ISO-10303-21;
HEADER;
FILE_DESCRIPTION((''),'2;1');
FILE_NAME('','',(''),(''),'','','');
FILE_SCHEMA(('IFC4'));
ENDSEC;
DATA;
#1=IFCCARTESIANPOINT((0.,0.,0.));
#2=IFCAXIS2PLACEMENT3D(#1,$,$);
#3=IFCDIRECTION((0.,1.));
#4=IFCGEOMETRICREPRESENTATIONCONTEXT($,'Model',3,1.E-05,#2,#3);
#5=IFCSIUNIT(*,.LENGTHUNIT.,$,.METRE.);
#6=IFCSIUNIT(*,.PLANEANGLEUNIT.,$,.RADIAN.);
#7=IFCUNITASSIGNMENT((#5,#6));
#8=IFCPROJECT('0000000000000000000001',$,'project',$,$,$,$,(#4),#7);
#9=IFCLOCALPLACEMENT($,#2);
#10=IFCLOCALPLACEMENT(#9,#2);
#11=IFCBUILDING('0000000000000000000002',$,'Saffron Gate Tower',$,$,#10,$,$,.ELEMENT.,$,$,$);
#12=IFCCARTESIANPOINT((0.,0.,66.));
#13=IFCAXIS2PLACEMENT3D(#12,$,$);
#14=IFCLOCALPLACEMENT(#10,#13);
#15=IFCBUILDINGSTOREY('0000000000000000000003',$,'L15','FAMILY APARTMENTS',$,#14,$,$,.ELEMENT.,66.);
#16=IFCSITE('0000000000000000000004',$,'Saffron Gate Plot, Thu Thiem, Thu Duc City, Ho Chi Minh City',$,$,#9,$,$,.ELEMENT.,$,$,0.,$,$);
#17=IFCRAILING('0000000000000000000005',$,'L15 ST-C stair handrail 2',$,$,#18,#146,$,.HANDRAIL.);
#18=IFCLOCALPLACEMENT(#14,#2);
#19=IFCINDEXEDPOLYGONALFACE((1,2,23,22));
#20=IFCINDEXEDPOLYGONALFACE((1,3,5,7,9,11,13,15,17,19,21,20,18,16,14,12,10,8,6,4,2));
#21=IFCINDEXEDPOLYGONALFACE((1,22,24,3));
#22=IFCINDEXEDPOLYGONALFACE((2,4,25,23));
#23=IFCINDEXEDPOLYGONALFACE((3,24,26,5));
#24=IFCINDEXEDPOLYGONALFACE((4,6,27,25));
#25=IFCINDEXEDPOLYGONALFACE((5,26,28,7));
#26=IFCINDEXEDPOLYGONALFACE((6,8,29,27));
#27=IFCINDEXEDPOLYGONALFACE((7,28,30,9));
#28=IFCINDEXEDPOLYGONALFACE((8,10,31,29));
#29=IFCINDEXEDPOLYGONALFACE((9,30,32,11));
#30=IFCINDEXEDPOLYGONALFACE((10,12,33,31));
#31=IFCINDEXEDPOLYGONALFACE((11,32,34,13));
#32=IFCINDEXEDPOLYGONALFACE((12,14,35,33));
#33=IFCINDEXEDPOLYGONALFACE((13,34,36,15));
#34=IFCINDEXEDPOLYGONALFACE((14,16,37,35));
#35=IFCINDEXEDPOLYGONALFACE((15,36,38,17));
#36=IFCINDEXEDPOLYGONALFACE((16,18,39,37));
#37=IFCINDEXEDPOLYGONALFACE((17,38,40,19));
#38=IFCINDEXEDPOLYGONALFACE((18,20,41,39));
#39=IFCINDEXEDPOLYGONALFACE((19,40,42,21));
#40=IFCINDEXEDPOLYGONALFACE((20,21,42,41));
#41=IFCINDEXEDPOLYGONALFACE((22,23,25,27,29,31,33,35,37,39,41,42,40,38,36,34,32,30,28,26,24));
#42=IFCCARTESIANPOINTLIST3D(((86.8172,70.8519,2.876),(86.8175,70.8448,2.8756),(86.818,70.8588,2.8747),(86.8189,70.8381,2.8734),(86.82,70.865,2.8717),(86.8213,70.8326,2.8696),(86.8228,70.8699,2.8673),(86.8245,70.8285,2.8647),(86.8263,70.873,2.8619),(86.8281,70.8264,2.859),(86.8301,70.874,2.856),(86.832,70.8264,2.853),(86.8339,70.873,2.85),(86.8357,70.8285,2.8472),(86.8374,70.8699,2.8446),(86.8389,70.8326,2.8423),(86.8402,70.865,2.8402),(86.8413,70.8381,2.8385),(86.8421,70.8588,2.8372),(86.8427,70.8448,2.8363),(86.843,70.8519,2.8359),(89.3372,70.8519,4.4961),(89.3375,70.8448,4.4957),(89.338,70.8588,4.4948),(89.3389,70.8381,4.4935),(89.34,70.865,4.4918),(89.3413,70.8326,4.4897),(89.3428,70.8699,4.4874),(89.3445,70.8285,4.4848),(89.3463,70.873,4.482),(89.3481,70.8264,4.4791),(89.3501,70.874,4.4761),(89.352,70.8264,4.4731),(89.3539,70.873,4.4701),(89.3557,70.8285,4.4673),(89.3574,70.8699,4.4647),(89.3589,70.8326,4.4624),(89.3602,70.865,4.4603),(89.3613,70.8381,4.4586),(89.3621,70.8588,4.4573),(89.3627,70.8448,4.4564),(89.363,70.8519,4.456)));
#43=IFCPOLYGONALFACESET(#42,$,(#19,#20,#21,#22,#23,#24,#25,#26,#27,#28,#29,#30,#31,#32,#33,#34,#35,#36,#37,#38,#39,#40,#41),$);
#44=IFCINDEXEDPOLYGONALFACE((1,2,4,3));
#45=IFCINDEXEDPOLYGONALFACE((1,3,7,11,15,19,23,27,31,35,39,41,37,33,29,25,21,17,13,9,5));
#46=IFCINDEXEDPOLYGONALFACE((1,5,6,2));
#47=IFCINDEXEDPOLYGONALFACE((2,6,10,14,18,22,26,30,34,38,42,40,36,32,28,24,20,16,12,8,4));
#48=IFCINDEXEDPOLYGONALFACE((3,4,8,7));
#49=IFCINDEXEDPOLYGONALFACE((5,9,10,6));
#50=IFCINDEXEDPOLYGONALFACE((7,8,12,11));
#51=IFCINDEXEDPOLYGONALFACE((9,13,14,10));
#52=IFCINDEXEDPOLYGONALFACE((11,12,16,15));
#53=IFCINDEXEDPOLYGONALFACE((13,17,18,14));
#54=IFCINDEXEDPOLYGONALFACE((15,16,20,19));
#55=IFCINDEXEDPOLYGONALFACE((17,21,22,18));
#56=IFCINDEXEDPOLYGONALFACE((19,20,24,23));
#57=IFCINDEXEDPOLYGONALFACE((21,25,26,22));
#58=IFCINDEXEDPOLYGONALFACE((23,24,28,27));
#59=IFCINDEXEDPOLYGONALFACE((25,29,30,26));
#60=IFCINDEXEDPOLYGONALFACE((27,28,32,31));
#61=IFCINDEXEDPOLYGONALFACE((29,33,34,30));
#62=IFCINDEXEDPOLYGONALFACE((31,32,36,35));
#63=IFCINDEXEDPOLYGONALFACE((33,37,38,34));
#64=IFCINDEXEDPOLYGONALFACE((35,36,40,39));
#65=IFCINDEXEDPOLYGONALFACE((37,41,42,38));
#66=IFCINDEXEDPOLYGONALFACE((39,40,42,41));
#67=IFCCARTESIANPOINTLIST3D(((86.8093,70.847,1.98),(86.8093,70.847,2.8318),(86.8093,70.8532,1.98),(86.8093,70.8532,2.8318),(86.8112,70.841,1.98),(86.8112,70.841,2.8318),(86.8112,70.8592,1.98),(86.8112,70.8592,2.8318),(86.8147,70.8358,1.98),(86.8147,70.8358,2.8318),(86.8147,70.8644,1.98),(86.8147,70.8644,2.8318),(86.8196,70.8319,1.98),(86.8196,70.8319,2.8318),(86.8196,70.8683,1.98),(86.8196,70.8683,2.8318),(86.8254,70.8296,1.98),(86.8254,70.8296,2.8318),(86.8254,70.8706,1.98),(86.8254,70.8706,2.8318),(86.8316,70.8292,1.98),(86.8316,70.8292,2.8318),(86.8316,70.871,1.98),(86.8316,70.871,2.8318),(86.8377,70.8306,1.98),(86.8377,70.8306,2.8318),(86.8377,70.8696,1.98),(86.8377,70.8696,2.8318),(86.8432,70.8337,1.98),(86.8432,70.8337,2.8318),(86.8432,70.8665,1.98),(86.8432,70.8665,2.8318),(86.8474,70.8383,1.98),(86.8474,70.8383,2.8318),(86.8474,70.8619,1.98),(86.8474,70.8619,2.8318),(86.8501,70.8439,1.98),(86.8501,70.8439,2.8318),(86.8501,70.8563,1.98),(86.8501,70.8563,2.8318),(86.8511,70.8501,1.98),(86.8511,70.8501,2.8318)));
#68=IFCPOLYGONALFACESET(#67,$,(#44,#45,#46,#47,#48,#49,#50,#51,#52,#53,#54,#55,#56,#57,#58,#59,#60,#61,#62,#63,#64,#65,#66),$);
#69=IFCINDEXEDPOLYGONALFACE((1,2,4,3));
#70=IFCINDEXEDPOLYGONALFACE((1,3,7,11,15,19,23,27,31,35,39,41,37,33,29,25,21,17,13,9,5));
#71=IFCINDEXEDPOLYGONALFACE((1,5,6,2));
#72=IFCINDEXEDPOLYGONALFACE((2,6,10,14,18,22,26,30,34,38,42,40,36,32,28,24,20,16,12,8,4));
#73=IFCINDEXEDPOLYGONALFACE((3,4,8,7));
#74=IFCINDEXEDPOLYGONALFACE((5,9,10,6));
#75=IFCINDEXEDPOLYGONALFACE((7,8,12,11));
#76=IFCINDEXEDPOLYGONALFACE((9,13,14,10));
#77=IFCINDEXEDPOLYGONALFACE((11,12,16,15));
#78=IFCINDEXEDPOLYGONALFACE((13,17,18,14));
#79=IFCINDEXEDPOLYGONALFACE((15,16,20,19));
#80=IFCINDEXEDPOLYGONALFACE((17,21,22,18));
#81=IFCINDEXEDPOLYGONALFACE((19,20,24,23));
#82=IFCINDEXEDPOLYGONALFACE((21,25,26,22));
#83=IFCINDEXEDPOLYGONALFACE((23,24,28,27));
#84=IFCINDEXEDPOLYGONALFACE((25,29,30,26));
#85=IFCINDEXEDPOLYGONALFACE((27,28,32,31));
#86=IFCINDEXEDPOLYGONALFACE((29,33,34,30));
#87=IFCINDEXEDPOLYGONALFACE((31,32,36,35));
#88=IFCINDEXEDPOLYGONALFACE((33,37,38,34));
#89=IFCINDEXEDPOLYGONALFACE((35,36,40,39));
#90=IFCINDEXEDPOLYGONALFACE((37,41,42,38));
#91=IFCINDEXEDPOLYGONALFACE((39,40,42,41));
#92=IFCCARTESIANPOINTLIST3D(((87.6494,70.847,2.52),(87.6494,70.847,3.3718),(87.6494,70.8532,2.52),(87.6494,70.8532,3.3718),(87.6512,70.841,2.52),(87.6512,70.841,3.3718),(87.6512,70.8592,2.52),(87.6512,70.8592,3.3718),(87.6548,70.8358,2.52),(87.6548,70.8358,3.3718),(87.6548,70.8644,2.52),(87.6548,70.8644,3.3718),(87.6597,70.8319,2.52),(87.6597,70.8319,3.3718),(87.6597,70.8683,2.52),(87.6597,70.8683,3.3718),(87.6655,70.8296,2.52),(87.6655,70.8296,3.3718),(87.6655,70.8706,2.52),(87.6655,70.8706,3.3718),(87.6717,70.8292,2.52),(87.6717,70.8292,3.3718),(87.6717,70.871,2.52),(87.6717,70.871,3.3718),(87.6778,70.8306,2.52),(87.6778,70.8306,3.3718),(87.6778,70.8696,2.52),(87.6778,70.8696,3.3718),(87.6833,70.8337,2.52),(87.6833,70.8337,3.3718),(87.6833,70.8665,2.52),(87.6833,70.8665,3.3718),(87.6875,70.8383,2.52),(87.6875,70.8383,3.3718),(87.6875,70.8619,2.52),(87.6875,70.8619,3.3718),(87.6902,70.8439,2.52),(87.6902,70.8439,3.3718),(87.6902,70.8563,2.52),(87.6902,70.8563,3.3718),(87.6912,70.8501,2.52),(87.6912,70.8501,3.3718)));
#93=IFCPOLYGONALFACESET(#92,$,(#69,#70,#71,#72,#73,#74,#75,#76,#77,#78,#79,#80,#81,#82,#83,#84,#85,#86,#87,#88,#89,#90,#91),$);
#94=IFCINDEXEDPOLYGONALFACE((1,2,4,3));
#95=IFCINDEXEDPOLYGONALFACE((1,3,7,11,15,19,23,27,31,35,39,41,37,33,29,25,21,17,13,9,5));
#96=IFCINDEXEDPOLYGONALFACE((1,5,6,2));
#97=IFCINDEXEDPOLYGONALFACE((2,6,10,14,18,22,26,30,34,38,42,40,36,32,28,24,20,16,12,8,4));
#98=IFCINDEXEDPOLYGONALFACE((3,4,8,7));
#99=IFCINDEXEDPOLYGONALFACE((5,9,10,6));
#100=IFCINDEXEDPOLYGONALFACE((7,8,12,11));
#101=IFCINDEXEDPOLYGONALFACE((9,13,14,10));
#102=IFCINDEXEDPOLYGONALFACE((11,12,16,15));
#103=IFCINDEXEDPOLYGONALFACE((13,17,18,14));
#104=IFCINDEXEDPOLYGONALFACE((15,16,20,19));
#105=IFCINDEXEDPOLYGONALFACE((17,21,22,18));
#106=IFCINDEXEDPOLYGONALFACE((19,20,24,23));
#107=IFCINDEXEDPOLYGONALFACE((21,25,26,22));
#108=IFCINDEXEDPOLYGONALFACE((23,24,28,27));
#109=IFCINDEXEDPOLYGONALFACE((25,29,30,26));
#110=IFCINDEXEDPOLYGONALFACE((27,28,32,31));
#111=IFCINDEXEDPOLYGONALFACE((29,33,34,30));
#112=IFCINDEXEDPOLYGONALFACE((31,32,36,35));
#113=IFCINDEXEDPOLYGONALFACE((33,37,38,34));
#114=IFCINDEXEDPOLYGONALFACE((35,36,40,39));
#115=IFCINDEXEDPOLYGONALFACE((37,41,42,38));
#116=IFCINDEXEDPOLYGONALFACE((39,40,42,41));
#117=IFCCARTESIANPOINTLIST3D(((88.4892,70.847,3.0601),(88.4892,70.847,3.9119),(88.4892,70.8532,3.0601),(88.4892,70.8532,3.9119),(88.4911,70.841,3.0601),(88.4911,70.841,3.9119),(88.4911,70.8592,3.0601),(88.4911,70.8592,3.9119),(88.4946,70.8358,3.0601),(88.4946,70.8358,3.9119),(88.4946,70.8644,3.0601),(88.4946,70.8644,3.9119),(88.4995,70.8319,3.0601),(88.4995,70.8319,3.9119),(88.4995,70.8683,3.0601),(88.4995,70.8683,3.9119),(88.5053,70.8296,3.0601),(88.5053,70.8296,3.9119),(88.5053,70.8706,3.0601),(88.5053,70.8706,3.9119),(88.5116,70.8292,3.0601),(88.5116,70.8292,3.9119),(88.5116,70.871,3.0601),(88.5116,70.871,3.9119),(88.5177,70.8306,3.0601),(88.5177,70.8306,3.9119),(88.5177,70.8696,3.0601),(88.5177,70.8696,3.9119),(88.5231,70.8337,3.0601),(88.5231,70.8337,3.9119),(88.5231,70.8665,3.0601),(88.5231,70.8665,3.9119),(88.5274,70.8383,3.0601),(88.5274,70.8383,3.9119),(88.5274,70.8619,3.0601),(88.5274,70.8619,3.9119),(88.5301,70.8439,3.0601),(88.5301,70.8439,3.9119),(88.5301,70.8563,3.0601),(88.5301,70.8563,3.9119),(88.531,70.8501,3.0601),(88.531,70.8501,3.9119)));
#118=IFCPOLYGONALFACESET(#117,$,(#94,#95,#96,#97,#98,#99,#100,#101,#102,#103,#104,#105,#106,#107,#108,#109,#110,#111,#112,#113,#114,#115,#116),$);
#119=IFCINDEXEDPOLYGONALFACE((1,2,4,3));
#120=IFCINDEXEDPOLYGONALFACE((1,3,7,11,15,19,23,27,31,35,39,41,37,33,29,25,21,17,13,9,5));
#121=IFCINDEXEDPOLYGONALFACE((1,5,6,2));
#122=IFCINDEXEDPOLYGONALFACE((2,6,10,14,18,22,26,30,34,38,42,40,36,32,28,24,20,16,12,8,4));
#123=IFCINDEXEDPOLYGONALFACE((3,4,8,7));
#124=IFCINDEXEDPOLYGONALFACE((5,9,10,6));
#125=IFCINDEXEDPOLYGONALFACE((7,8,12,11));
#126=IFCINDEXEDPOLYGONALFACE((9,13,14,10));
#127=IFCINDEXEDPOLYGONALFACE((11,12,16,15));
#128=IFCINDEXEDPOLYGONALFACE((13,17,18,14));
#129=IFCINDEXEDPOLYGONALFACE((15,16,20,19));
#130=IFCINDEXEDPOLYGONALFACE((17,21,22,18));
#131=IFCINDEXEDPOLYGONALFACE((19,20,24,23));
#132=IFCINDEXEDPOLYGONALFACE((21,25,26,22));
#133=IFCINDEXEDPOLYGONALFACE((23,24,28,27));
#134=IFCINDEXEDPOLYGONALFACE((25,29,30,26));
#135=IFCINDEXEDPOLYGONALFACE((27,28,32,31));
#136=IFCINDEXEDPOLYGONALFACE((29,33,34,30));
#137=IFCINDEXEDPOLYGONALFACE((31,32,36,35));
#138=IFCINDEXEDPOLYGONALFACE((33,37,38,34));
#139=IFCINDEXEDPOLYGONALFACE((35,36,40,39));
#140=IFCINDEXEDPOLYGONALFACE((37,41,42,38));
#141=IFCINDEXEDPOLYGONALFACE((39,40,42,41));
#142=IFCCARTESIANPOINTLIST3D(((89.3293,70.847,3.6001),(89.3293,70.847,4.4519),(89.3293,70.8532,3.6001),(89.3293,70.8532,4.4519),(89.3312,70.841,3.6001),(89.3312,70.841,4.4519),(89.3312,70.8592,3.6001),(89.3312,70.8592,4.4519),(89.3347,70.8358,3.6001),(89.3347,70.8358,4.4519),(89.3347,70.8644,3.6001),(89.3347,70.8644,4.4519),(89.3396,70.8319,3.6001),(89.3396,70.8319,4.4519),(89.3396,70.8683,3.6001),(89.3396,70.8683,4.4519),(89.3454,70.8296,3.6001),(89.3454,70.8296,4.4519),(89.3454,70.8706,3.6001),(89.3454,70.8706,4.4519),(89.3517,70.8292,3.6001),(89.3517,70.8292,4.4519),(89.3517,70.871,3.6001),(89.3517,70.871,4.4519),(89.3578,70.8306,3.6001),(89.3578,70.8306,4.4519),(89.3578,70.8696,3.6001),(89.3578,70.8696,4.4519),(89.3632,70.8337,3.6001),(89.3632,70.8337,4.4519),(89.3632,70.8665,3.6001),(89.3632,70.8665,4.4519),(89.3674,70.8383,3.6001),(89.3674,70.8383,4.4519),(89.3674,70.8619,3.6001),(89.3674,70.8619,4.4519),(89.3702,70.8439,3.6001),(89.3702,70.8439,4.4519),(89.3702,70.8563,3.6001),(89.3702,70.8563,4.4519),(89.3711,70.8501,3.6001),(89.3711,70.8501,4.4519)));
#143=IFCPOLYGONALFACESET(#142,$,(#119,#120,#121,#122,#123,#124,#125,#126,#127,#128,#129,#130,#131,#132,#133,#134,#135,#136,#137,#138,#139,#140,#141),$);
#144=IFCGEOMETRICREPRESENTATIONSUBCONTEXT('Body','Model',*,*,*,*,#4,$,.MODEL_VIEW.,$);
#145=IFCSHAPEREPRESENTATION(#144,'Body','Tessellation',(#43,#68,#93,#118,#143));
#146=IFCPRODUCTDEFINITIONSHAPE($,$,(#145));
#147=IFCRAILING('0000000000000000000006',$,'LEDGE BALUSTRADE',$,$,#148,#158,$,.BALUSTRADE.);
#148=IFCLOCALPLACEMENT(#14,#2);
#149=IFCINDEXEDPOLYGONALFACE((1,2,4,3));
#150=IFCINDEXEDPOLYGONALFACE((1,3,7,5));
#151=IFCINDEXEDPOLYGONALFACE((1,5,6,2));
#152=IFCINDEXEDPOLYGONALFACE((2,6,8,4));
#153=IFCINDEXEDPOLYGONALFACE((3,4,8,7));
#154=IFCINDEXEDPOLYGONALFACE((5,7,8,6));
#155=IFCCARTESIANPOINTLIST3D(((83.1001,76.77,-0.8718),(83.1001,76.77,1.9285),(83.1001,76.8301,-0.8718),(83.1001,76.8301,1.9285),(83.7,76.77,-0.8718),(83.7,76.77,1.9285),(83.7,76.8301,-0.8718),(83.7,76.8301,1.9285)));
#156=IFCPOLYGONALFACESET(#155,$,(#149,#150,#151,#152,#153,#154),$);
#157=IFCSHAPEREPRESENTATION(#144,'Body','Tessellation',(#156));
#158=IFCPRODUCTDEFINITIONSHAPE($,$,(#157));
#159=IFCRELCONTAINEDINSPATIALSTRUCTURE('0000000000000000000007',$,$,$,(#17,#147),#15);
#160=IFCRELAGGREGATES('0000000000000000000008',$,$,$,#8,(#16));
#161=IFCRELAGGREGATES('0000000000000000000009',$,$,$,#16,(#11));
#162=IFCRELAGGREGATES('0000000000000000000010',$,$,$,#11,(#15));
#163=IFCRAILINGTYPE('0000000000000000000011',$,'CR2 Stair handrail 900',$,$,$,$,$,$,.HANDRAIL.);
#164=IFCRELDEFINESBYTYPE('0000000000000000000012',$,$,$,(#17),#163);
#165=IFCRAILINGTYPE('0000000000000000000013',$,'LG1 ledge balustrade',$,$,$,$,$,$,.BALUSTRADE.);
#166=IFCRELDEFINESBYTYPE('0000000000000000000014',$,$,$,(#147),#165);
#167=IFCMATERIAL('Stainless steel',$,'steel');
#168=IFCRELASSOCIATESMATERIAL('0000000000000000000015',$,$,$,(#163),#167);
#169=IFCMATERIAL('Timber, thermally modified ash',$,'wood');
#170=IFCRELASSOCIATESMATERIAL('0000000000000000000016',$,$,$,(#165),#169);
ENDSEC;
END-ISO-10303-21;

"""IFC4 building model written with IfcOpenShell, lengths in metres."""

from ifc_helpers import new_model, si_unit, direction, frame, origin, origin_2d, place, context, subcontext, project, spatial, rectangle, circle, extrude, material, type_object, element, save


model = new_model("IFC4")

# Units and contexts
model_context = context("Model", 3, precision=1e-05, world=origin(), true_north=direction((0.0, 1.0)))
body_context = subcontext(model_context, "Body", "Model", "MODEL_VIEW")
ifc_project = project(units=[si_unit("LENGTHUNIT", "METRE"), si_unit("PLANEANGLEUNIT", "RADIAN")], contexts=[model_context])

# Site, building, storey
site_placement = place(None, origin())
site = spatial("IfcSite", under=ifc_project, at=site_placement, Name="Saffron Gate Plot, Thu Thiem, Thu Duc City, Ho Chi Minh City", CompositionType="ELEMENT", RefElevation=0.0)
building_placement = place(site_placement, origin())
building = spatial("IfcBuilding", under=site, at=building_placement, Name="Saffron Gate Tower", CompositionType="ELEMENT")
storey_placement = place(building_placement, frame((0.0, 0.0, 66.0)))
storey = spatial("IfcBuildingStorey", under=building, at=storey_placement, Name="L15", Description="FAMILY APARTMENTS", CompositionType="ELEMENT", Elevation=66.0)

# Railings
ifc_material_1 = material(Name="Stainless steel", Category="steel")
railing_type_1 = type_object("IfcRailingType", Name="CR2 Stair handrail 900", PredefinedType="HANDRAIL", material=ifc_material_1)
railing_1_placement = place(storey_placement, frame((86.8301, 70.8501, 1.98)))
element("IfcRailing", 1, at=railing_1_placement, inside=storey, type_object=railing_type_1, Name="L15 ST-C stair handrail 2", PredefinedType="HANDRAIL", context=body_context, shape_type="SweptSolid", body=[
    extrude(circle(Radius=0.0239, at=origin_2d()), frame((0.0, 0.0, 0.876), z_axis=(0.841163, 0.0, 0.540782), x_axis=(0.0, 1.0, 0.0)), (0.0, 0.0, 1.0), 2.9958),
    extrude(circle(Radius=0.021, at=origin_2d()), origin(), (0.0, 0.0, 1.0), 0.8518),
    extrude(circle(Radius=0.021, at=origin_2d()), frame((0.8401, 0.0, 0.54)), (0.0, 0.0, 1.0), 0.8518),
    extrude(circle(Radius=0.021, at=origin_2d()), frame((1.6799, 0.0, 1.0801)), (0.0, 0.0, 1.0), 0.8518),
    extrude(circle(Radius=0.021, at=origin_2d()), frame((2.52, 0.0, 1.6201)), (0.0, 0.0, 1.0), 0.8518),
])
ifc_material_2 = material(Name="Timber, thermally modified ash", Category="wood")
railing_type_2 = type_object("IfcRailingType", Name="LG1 ledge balustrade", PredefinedType="BALUSTRADE", material=ifc_material_2)
railing_2_placement = place(storey_placement, frame((83.7, 76.8, -0.8718)))
element("IfcRailing", 2, at=railing_2_placement, inside=storey, type_object=railing_type_2, Name="LEDGE BALUSTRADE", PredefinedType="BALUSTRADE", context=body_context, shape_type="SweptSolid", body=[
    extrude(rectangle(XDim=0.0601, YDim=2.8003, at=origin_2d()), frame((0.0, 0.0, 1.4001), z_axis=(-1.0, 0.0, 0.0), x_axis=(0.0, -1.0, 0.0)), (0.0, 0.0, 1.0), 0.5999),
])

save(model, "model.ifc")
